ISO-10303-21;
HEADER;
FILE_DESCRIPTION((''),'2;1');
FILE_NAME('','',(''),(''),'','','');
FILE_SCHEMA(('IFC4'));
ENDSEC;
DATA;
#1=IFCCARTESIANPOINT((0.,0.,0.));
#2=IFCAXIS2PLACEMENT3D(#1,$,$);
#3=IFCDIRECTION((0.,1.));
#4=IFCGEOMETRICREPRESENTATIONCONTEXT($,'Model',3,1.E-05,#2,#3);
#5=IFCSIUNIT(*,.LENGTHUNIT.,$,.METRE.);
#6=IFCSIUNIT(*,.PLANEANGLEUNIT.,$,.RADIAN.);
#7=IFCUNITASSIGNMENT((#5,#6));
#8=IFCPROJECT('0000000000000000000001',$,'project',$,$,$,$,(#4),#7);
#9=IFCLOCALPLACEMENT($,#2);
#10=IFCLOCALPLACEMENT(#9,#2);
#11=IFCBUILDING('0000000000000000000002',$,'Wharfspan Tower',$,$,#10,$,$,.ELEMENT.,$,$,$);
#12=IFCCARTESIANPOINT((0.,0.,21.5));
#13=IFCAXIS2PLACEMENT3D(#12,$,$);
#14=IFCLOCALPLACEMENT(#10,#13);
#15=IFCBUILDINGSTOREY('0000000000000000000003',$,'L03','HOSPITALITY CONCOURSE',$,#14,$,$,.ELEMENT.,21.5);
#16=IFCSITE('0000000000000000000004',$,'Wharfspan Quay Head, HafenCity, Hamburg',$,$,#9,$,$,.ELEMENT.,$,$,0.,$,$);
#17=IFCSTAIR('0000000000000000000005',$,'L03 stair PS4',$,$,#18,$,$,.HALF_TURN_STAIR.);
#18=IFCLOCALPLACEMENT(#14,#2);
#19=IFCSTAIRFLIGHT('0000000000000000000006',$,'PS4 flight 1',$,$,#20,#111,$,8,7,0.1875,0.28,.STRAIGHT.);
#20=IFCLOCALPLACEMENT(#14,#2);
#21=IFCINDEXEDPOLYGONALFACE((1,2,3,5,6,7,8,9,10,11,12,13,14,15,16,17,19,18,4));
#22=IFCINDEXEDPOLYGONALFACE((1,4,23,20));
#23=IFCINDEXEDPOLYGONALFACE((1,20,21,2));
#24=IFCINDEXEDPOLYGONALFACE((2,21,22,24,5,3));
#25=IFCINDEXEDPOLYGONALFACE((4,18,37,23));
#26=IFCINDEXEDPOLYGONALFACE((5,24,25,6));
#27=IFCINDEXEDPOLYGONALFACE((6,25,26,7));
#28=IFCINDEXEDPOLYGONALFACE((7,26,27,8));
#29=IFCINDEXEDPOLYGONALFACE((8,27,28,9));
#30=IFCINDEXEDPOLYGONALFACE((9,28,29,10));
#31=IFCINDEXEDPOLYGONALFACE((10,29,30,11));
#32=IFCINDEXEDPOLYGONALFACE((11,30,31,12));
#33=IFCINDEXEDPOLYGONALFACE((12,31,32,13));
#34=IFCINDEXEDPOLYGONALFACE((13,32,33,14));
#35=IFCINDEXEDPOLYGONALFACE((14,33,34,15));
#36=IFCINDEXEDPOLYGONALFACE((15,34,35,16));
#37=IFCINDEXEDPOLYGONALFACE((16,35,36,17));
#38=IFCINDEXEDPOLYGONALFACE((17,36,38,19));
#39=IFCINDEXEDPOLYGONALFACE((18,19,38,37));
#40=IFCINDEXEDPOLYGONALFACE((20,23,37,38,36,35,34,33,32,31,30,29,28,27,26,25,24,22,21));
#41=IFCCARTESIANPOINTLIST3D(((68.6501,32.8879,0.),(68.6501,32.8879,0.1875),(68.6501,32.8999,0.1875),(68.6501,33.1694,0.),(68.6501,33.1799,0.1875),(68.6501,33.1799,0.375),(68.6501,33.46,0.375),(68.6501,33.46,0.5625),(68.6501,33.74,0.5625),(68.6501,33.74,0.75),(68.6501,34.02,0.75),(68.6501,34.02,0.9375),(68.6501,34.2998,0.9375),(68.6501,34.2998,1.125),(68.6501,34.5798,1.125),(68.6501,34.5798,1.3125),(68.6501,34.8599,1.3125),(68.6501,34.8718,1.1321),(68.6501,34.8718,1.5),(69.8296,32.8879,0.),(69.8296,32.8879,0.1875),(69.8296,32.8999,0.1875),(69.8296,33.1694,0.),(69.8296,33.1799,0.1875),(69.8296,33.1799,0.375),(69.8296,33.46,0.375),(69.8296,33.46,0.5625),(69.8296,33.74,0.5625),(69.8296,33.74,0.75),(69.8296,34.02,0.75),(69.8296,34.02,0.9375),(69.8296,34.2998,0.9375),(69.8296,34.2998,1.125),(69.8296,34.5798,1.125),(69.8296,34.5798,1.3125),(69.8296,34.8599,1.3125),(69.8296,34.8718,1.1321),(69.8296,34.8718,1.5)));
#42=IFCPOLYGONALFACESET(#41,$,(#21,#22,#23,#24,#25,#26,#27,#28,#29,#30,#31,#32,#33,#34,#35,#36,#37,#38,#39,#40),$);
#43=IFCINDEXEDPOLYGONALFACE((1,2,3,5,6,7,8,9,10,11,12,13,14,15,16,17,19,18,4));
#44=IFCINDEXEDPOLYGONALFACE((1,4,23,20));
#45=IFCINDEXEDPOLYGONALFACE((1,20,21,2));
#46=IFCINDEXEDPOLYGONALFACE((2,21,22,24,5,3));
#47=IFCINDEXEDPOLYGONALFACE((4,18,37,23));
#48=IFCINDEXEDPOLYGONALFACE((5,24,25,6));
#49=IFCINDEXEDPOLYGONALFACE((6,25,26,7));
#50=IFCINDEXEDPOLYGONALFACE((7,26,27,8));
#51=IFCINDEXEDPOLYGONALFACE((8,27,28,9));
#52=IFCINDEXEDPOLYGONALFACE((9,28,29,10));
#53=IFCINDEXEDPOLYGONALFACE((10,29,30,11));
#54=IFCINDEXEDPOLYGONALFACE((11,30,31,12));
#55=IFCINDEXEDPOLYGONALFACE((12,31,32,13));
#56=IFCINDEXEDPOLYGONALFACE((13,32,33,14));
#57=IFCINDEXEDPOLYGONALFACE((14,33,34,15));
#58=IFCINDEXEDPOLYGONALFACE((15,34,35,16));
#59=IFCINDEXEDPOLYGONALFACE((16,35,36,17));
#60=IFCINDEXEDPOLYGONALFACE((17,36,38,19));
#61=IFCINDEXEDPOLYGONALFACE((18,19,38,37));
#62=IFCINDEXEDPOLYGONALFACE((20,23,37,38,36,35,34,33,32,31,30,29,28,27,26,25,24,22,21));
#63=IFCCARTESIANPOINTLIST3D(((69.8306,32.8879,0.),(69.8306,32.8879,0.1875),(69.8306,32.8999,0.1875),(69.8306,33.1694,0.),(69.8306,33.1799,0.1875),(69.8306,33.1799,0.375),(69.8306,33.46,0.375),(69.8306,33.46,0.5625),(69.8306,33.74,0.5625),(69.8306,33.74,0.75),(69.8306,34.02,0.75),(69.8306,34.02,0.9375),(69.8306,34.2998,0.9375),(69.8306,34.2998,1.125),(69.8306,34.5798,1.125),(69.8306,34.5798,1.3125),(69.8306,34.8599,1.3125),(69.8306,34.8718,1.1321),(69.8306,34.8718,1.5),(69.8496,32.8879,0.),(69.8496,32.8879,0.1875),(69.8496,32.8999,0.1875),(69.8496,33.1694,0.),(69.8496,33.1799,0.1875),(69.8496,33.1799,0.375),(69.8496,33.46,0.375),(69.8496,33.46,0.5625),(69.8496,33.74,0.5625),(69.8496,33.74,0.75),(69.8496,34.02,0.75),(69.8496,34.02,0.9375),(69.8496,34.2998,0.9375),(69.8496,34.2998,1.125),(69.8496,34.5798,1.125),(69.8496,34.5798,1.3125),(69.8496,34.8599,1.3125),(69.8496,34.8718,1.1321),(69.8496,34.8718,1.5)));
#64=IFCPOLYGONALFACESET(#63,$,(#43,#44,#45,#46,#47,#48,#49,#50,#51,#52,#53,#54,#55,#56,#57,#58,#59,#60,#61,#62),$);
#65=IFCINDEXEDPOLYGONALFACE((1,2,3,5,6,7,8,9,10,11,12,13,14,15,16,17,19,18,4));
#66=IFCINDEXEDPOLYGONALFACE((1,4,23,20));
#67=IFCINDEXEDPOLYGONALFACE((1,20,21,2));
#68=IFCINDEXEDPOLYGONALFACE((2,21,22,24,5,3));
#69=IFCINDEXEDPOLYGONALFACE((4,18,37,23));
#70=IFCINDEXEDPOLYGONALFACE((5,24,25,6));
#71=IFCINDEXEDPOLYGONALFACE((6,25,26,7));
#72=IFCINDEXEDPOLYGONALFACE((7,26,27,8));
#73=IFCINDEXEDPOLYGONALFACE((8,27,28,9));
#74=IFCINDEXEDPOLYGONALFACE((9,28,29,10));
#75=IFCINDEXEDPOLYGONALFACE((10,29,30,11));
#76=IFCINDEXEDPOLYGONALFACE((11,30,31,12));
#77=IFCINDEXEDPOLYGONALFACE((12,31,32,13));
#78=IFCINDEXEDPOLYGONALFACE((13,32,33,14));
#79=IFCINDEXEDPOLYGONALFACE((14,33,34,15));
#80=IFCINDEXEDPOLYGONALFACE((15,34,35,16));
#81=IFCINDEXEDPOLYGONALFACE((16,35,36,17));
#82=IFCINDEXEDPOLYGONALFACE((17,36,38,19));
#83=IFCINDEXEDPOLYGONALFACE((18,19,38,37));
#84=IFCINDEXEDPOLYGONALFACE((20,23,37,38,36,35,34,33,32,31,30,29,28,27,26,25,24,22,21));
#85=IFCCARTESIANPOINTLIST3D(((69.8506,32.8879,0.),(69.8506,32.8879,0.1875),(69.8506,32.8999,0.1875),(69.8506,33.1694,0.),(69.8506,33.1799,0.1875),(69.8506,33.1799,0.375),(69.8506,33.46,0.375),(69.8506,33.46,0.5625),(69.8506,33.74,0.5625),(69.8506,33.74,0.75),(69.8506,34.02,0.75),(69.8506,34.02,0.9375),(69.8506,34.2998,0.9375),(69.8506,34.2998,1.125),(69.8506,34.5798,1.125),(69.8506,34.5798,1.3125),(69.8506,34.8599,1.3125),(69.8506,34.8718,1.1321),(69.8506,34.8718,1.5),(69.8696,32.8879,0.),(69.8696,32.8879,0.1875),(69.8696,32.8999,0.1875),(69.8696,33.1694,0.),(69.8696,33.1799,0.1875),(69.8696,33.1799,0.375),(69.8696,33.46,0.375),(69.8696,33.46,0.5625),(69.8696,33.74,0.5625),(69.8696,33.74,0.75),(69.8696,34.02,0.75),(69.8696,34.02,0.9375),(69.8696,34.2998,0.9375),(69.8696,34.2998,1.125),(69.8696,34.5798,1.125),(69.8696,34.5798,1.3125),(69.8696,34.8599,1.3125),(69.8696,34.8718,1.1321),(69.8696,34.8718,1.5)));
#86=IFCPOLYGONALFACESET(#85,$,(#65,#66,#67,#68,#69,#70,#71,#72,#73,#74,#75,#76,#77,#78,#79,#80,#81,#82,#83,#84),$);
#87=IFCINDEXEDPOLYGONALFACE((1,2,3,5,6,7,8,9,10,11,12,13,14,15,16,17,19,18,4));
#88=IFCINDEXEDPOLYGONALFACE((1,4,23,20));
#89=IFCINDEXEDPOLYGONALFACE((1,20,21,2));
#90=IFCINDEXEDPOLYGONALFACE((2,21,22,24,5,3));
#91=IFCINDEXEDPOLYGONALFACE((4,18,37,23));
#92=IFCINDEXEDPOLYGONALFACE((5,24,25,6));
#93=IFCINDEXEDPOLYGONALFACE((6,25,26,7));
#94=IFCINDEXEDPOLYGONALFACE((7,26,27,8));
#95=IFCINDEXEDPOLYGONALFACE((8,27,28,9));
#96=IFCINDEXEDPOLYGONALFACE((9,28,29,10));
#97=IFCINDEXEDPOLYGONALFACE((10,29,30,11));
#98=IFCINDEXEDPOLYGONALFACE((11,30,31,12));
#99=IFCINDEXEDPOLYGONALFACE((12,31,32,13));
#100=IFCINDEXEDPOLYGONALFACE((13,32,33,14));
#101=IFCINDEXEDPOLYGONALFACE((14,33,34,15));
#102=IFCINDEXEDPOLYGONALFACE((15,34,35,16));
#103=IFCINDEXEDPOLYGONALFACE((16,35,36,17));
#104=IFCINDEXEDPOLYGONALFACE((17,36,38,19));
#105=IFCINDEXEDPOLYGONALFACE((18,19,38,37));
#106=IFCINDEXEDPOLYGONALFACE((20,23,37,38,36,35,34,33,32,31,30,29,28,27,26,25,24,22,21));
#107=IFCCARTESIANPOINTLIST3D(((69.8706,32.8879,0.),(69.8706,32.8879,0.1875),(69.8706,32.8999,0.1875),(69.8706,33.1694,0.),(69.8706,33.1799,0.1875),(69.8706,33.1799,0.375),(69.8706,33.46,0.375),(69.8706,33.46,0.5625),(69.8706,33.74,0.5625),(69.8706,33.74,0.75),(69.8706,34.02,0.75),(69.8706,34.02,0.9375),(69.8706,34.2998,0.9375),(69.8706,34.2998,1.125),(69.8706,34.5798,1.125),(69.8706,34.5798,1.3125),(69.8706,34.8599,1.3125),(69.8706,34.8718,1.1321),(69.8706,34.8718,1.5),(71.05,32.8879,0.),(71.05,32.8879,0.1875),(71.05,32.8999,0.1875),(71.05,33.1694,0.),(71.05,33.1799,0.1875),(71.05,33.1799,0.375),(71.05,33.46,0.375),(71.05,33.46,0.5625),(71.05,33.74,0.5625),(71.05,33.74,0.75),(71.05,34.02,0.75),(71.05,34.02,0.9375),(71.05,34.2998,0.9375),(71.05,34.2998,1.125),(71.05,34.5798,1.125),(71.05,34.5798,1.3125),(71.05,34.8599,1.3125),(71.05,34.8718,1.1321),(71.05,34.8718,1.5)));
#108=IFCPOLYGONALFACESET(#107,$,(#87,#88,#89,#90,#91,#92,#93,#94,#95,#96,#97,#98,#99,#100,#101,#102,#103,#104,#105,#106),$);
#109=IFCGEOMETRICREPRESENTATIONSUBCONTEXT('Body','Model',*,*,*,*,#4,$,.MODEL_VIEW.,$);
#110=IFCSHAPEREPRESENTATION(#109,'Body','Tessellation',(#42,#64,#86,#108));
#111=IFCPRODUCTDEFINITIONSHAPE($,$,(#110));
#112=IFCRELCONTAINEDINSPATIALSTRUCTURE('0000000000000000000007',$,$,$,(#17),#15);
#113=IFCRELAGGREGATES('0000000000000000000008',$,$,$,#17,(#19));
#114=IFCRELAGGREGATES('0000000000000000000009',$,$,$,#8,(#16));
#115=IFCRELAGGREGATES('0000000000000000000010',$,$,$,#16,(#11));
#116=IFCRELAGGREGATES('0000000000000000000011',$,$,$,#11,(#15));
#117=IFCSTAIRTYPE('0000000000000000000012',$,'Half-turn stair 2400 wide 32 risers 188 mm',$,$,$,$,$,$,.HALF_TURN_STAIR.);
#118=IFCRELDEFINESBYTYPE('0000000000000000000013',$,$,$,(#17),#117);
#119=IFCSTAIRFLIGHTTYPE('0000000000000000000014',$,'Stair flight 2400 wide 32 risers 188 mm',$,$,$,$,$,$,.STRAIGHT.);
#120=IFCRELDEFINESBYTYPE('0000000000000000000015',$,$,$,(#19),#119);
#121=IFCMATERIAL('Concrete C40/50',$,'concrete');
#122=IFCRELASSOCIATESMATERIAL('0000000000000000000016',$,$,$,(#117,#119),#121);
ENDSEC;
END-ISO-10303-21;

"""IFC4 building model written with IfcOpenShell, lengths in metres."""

from ifc_helpers import new_model, si_unit, direction, frame, origin, place, context, subcontext, project, spatial, polyline, outline, extrude, material, type_object, element, aggregate, save


model = new_model("IFC4")

# Units and contexts
model_context = context("Model", 3, precision=1e-05, world=origin(), true_north=direction((0.0, 1.0)))
body_context = subcontext(model_context, "Body", "Model", "MODEL_VIEW")
ifc_project = project(units=[si_unit("LENGTHUNIT", "METRE"), si_unit("PLANEANGLEUNIT", "RADIAN")], contexts=[model_context])

# Site, building, storey
site_placement = place(None, origin())
site = spatial("IfcSite", under=ifc_project, at=site_placement, Name="Wharfspan Quay Head, HafenCity, Hamburg", CompositionType="ELEMENT", RefElevation=0.0)
building_placement = place(site_placement, origin())
building = spatial("IfcBuilding", under=site, at=building_placement, Name="Wharfspan Tower", CompositionType="ELEMENT")
storey_placement = place(building_placement, frame((0.0, 0.0, 21.5)))
storey = spatial("IfcBuildingStorey", under=building, at=storey_placement, Name="L03", Description="HOSPITALITY CONCOURSE", CompositionType="ELEMENT", Elevation=21.5)

# Shared definitions
ifc_material_1 = material(Name="Concrete C40/50", Category="concrete")

# Stair, stair flight
stair_type = type_object("IfcStairType", Name="Half-turn stair 2400 wide 32 risers 188 mm", PredefinedType="HALF_TURN_STAIR", material=ifc_material_1)
stair_1_placement = place(storey_placement, origin())
stair_1 = element("IfcStair", 1, at=stair_1_placement, inside=storey, type_object=stair_type, Name="L03 stair PS4", PredefinedType="HALF_TURN_STAIR")
stair_flight_type = type_object("IfcStairFlightType", Name="Stair flight 2400 wide 32 risers 188 mm", PredefinedType="STRAIGHT", material=ifc_material_1)
stair_flight_1_placement = place(storey_placement, frame((69.8501, 32.8999, 0.0), z_axis=(0.0, 0.0, 1.0), x_axis=(0.0, 1.0, 0.0)))
stair_flight_1 = element("IfcStairFlight", 2, at=stair_flight_1_placement, type_object=stair_flight_type, Name="PS4 flight 1", NumberOfRisers=8, NumberOfTreads=7, PredefinedType="STRAIGHT", RiserHeight=0.1875, TreadLength=0.28, context=body_context, shape_type="SweptSolid", body=[
    extrude(outline(polyline([(-0.012, 0.0), (-0.012, 0.1875), (0.0, 0.1875), (0.28, 0.1875), (0.28, 0.375), (0.5601, 0.375), (0.5601, 0.5625), (0.8401, 0.5625), (0.8401, 0.75), (1.1201, 0.75), (1.1201, 0.9375), (1.3999, 0.9375), (1.3999, 1.125), (1.6799, 1.125), (1.6799, 1.3125), (1.96, 1.3125), (1.9719, 1.5), (1.9719, 1.1321), (0.2695, 0.0), (-0.012, 0.0)])), frame((0.0, 1.2, 0.0), z_axis=(0.0, -1.0, 0.0), x_axis=(1.0, 0.0, 0.0)), (0.0, 0.0, 1.0), 1.1794),
    extrude(outline(polyline([(-0.012, 0.0), (-0.012, 0.1875), (0.0, 0.1875), (0.28, 0.1875), (0.28, 0.375), (0.5601, 0.375), (0.5601, 0.5625), (0.8401, 0.5625), (0.8401, 0.75), (1.1201, 0.75), (1.1201, 0.9375), (1.3999, 0.9375), (1.3999, 1.125), (1.6799, 1.125), (1.6799, 1.3125), (1.96, 1.3125), (1.9719, 1.5), (1.9719, 1.1321), (0.2695, 0.0), (-0.012, 0.0)])), frame((0.0, 0.0195, 0.0), z_axis=(0.0, -1.0, 0.0), x_axis=(1.0, 0.0, 0.0)), (0.0, 0.0, 1.0), 0.019),
    extrude(outline(polyline([(-0.012, 0.0), (-0.012, 0.1875), (0.0, 0.1875), (0.28, 0.1875), (0.28, 0.375), (0.5601, 0.375), (0.5601, 0.5625), (0.8401, 0.5625), (0.8401, 0.75), (1.1201, 0.75), (1.1201, 0.9375), (1.3999, 0.9375), (1.3999, 1.125), (1.6799, 1.125), (1.6799, 1.3125), (1.96, 1.3125), (1.9719, 1.5), (1.9719, 1.1321), (0.2695, 0.0), (-0.012, 0.0)])), frame((0.0, -0.0005, 0.0), z_axis=(0.0, -1.0, 0.0), x_axis=(1.0, 0.0, 0.0)), (0.0, 0.0, 1.0), 0.019),
    extrude(outline(polyline([(-0.012, 0.0), (-0.012, 0.1875), (0.0, 0.1875), (0.28, 0.1875), (0.28, 0.375), (0.5601, 0.375), (0.5601, 0.5625), (0.8401, 0.5625), (0.8401, 0.75), (1.1201, 0.75), (1.1201, 0.9375), (1.3999, 0.9375), (1.3999, 1.125), (1.6799, 1.125), (1.6799, 1.3125), (1.96, 1.3125), (1.9719, 1.5), (1.9719, 1.1321), (0.2695, 0.0), (-0.012, 0.0)])), frame((0.0, -0.0205, 0.0), z_axis=(0.0, -1.0, 0.0), x_axis=(1.0, 0.0, 0.0)), (0.0, 0.0, 1.0), 1.1794),
])
aggregate(stair_1, [stair_flight_1])

save(model, "model.ifc")
